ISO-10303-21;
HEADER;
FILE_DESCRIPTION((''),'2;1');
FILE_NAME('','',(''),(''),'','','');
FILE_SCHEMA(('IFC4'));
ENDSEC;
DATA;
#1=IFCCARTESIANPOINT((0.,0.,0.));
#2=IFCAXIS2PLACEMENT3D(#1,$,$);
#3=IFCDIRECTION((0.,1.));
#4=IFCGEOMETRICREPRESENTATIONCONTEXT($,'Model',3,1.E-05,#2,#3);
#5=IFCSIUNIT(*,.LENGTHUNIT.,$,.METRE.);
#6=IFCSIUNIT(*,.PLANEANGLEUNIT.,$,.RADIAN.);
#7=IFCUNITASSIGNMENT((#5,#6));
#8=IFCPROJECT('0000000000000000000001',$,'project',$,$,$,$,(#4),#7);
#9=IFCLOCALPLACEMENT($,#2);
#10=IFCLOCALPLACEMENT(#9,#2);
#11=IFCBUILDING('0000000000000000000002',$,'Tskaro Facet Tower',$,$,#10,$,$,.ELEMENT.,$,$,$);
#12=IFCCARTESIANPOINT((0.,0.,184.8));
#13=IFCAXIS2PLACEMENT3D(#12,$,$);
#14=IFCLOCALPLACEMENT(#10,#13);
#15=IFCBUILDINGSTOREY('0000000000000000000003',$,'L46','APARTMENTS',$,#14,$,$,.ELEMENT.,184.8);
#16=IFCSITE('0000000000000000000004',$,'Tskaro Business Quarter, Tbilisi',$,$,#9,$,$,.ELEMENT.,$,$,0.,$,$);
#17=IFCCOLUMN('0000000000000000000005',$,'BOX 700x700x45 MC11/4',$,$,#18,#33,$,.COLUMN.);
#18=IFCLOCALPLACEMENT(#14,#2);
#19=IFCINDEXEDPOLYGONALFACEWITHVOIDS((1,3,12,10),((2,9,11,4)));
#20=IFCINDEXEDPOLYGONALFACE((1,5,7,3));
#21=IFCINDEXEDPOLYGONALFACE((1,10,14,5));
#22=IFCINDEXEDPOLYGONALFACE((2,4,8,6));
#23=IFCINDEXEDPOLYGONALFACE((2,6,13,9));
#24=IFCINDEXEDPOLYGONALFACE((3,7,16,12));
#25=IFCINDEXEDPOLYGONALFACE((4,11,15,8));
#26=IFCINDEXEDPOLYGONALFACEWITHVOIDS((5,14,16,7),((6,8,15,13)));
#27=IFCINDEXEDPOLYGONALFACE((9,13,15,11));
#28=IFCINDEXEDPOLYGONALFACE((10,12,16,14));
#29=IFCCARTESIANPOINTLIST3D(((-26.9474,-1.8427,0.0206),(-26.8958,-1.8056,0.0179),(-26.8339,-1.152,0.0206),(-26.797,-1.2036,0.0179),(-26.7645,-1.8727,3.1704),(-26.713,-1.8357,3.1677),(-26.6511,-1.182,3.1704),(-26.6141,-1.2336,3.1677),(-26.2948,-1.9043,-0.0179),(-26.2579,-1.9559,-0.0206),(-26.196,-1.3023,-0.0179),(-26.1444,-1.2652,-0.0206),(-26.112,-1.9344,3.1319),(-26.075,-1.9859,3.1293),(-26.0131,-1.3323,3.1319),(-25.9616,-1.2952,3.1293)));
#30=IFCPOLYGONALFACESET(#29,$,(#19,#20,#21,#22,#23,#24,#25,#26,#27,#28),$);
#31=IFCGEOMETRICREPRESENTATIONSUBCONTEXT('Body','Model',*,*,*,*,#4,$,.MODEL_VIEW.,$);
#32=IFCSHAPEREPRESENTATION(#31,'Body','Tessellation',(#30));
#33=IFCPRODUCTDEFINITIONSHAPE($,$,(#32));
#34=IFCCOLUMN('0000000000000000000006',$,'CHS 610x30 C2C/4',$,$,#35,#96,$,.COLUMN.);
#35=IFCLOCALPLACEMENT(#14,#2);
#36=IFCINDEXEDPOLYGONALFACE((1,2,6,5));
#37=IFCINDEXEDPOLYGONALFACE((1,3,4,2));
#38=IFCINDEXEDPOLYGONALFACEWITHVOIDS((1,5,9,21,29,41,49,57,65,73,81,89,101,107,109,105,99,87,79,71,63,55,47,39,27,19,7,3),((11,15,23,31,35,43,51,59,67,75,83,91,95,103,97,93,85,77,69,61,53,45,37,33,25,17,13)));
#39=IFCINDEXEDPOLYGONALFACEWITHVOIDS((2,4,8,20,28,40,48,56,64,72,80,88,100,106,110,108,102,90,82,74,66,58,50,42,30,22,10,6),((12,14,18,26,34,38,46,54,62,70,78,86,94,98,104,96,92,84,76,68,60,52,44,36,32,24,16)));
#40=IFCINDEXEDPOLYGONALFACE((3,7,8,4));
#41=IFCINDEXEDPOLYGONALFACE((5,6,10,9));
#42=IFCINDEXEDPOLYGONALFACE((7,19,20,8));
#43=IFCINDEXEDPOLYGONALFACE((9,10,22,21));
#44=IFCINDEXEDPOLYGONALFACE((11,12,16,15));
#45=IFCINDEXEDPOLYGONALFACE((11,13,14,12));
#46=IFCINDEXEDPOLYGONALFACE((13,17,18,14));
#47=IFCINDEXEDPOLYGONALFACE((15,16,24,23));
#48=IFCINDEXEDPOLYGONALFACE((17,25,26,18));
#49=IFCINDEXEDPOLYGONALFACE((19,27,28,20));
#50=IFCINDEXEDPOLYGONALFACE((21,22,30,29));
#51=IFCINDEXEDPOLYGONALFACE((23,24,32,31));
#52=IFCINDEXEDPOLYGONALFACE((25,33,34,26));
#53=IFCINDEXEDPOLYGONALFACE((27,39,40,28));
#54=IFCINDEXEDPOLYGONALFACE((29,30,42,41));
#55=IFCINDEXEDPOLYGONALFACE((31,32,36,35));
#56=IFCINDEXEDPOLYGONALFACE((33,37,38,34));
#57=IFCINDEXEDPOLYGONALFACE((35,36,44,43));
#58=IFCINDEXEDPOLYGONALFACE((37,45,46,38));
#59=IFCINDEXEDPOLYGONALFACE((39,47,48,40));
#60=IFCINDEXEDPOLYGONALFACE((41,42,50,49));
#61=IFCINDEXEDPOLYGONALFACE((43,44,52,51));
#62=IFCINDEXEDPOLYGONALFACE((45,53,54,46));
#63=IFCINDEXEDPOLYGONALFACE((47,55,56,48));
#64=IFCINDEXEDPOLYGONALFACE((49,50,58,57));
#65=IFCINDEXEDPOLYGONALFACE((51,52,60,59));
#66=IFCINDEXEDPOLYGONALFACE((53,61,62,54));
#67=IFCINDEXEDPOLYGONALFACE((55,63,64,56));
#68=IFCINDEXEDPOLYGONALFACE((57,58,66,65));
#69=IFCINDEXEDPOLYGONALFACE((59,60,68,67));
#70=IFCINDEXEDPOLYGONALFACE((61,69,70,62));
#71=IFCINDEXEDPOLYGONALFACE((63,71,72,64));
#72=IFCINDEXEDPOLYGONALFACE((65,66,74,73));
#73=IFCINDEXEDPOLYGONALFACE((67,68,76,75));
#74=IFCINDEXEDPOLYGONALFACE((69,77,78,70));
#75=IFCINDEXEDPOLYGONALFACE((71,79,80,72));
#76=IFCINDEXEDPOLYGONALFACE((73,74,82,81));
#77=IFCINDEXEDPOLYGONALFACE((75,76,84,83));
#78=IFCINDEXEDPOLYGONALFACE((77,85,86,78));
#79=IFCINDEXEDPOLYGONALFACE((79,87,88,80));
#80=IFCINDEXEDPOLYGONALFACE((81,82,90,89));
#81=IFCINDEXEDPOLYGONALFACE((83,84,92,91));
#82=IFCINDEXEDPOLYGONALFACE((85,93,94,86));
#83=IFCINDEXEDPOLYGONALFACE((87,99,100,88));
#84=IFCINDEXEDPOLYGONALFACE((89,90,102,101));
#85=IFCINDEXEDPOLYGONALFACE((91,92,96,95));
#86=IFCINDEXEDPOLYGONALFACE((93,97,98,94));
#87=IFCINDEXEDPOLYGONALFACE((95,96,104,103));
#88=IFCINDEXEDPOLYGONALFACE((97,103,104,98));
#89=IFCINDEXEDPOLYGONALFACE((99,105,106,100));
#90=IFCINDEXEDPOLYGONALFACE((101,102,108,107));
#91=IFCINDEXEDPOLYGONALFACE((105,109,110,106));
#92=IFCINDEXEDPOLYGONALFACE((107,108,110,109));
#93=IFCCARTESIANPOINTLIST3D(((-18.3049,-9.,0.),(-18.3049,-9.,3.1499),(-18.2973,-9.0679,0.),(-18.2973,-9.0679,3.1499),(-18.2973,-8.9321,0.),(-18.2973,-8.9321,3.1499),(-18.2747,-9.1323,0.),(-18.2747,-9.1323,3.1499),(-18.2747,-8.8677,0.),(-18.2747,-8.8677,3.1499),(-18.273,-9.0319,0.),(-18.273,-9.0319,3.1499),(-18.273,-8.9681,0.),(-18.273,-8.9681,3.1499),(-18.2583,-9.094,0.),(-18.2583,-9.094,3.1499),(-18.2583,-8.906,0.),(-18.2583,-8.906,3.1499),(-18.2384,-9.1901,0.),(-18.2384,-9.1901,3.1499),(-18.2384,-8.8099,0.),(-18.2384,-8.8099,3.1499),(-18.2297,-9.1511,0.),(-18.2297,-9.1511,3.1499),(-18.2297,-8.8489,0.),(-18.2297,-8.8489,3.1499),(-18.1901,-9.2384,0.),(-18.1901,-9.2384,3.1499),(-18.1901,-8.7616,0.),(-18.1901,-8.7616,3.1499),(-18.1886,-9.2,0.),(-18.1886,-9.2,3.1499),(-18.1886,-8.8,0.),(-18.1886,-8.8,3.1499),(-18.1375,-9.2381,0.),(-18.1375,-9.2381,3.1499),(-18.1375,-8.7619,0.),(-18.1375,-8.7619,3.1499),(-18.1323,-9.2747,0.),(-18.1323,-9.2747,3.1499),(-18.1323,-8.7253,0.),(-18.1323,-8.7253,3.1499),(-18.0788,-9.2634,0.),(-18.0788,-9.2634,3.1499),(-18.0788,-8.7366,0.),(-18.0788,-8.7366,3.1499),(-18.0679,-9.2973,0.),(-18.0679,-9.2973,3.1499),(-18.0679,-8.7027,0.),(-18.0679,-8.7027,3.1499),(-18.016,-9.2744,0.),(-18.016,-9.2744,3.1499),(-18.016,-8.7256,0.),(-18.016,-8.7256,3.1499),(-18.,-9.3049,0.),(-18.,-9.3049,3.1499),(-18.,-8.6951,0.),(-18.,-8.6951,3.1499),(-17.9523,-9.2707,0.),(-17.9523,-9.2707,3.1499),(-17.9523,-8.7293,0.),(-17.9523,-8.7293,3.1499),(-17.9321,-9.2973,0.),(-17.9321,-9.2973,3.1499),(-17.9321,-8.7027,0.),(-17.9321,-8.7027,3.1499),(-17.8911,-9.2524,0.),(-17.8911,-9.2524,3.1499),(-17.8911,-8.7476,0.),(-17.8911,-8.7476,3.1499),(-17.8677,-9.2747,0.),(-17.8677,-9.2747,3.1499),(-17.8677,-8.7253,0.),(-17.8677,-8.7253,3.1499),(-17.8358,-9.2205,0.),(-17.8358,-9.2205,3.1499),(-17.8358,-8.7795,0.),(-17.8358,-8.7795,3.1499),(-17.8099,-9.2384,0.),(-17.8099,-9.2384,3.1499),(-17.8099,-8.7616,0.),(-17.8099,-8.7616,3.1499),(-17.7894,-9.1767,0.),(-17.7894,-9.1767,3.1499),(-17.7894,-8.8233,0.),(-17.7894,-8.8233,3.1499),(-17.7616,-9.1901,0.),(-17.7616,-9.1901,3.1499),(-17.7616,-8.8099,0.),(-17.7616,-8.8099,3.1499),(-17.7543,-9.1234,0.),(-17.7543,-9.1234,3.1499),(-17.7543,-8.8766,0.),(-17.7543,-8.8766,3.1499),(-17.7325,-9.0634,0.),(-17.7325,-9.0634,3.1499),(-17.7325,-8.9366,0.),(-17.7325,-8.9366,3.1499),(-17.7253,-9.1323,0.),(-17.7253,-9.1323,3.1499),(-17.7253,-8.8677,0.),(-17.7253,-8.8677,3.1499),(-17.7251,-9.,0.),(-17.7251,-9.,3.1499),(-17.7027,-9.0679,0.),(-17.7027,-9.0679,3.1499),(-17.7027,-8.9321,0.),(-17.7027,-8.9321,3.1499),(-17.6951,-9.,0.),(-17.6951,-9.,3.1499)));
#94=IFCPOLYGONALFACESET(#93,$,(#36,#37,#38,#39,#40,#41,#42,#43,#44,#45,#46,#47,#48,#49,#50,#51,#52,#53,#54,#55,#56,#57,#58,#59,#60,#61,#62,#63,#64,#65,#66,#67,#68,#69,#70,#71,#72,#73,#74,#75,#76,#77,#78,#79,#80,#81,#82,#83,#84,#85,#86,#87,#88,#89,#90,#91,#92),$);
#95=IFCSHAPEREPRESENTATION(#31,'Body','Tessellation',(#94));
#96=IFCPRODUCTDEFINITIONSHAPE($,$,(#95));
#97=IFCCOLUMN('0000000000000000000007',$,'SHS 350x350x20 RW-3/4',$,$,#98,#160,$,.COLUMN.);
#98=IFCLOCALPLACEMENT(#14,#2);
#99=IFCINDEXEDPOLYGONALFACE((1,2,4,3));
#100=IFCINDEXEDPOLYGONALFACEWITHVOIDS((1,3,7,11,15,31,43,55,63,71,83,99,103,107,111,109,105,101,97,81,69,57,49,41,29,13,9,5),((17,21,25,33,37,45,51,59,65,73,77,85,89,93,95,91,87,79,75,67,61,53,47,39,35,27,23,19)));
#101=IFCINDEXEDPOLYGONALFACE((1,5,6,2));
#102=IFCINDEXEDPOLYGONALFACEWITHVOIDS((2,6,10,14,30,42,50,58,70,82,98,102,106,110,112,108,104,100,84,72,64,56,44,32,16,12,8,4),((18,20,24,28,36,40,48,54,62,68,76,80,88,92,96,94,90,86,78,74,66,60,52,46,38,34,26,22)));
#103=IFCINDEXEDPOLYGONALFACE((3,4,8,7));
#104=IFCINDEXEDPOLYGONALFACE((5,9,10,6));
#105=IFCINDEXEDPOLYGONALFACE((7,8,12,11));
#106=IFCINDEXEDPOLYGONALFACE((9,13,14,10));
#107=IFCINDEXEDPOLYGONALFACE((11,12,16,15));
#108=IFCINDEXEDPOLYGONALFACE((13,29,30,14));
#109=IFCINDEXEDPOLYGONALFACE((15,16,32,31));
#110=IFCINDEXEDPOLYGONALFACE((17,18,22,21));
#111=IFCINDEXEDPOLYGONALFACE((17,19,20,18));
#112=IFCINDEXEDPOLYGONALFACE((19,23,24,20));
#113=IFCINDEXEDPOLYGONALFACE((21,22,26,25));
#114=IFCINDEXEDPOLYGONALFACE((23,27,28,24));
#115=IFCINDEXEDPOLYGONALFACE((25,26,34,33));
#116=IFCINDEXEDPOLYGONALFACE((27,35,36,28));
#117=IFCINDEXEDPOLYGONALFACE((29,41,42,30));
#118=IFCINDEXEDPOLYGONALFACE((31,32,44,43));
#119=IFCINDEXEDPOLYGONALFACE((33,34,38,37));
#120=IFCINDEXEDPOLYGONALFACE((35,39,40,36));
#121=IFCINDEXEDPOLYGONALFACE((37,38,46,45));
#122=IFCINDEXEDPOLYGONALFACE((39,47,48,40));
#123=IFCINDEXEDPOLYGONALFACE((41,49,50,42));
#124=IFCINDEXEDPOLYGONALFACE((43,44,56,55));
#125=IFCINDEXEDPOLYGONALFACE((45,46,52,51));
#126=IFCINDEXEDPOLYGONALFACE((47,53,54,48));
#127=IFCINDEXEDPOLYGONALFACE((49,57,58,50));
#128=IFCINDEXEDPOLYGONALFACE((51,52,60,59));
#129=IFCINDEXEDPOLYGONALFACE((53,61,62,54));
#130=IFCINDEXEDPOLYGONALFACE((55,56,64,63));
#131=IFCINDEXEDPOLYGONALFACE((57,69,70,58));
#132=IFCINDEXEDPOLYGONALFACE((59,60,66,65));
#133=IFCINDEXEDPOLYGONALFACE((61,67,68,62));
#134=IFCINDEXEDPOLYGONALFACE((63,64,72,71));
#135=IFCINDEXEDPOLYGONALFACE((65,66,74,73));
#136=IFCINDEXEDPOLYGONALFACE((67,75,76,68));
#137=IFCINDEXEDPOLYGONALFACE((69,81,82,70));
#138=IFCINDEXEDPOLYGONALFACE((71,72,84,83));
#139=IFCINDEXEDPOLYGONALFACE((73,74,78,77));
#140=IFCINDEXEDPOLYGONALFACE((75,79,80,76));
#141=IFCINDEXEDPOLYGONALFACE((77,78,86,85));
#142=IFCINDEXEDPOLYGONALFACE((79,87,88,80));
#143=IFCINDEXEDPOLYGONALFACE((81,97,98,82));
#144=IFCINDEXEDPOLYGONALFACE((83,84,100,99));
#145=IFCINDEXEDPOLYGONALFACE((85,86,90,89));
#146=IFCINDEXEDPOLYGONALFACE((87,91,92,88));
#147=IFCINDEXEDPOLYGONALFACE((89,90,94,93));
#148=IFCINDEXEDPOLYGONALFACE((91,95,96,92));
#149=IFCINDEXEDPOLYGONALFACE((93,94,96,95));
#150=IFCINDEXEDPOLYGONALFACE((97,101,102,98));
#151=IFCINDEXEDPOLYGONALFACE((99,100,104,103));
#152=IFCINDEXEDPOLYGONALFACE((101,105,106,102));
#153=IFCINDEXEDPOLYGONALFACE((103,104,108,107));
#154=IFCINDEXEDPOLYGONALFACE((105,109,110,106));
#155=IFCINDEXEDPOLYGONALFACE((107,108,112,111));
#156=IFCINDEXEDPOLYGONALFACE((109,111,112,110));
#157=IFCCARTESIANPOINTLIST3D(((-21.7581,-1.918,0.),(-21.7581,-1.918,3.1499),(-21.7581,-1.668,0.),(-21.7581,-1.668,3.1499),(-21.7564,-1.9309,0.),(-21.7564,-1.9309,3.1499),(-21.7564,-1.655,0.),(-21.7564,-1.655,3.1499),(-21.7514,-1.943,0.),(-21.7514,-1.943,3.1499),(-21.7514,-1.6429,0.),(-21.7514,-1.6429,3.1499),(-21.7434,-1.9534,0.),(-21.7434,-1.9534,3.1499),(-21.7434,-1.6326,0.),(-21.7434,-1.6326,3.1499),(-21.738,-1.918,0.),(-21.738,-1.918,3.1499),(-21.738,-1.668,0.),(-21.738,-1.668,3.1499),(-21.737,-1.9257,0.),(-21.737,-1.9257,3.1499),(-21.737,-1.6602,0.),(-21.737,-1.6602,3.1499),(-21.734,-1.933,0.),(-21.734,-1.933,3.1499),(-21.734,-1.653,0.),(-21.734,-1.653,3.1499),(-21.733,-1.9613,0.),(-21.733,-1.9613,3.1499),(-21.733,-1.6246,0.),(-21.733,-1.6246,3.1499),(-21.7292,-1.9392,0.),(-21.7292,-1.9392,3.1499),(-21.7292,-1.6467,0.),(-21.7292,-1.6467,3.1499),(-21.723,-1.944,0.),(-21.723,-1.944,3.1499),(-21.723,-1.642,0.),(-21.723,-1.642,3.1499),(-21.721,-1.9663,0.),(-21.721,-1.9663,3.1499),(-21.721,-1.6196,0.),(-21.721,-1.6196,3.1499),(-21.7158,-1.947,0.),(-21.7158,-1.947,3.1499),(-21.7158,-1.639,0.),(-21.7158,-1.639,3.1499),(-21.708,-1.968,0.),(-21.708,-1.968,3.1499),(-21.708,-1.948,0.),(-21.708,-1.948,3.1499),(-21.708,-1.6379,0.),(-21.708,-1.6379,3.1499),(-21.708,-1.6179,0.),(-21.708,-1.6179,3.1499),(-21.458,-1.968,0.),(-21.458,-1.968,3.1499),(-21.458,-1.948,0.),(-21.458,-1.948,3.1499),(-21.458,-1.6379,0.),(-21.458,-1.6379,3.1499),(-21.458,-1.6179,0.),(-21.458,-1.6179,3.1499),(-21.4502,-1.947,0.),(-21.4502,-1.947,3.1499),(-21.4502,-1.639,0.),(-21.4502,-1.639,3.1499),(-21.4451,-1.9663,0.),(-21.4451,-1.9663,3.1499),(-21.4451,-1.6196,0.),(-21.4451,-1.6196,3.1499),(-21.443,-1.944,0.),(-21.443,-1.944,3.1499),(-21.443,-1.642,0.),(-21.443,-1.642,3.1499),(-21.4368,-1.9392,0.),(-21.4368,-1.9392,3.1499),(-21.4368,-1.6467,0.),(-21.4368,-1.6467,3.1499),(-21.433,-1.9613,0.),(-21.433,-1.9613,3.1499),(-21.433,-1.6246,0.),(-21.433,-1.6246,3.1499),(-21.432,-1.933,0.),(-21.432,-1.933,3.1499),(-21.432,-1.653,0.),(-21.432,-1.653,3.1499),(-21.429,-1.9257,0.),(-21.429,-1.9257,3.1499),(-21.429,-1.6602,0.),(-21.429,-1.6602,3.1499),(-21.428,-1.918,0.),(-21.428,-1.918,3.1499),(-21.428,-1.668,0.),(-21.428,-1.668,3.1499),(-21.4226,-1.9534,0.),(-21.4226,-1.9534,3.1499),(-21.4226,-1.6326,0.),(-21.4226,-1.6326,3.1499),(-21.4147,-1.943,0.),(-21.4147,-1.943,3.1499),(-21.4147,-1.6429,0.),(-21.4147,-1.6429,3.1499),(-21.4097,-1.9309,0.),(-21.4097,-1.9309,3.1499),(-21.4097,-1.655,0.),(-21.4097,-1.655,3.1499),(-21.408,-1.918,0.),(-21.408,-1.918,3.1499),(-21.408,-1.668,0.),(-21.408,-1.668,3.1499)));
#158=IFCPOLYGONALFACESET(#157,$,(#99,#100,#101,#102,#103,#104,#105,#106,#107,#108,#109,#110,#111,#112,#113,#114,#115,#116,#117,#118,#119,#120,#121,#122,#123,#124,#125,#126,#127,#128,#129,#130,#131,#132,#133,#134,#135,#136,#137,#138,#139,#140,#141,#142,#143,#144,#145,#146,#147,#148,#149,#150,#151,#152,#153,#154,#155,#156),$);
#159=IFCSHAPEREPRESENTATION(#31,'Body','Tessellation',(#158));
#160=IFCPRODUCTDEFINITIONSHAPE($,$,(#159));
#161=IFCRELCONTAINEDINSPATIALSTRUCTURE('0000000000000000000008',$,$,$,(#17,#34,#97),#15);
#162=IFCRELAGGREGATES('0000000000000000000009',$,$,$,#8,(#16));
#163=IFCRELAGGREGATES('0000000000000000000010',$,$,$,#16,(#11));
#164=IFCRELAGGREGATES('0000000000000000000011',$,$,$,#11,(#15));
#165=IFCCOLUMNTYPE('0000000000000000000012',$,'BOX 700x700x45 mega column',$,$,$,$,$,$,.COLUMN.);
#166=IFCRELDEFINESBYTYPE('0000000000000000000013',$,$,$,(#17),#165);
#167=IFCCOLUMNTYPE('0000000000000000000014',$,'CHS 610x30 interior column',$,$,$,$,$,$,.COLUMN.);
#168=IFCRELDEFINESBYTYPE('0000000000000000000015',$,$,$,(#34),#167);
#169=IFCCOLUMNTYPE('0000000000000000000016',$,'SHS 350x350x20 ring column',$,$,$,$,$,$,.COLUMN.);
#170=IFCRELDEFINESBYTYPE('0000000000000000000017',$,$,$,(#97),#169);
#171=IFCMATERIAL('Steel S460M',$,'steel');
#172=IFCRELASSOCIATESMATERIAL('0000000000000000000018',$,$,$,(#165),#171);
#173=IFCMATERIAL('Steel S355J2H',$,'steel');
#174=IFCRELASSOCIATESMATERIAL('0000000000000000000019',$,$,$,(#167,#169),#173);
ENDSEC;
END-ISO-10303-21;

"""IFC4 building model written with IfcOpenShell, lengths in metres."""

from ifc_helpers import new_model, si_unit, direction, frame, origin, origin_2d, place, context, subcontext, project, spatial, hollow_rectangle, hollow_circle, extrude, material, material_profile, profile_set, type_object, element, save


model = new_model("IFC4")

# Units and contexts
model_context = context("Model", 3, precision=1e-05, world=origin(), true_north=direction((0.0, 1.0)))
body_context = subcontext(model_context, "Body", "Model", "MODEL_VIEW")
ifc_project = project(units=[si_unit("LENGTHUNIT", "METRE"), si_unit("PLANEANGLEUNIT", "RADIAN")], contexts=[model_context])

# Site, building, storey
site_placement = place(None, origin())
site = spatial("IfcSite", under=ifc_project, at=site_placement, Name="Tskaro Business Quarter, Tbilisi", CompositionType="ELEMENT", RefElevation=0.0)
building_placement = place(site_placement, origin())
building = spatial("IfcBuilding", under=site, at=building_placement, Name="Tskaro Facet Tower", CompositionType="ELEMENT")
storey_placement = place(building_placement, frame((0.0, 0.0, 184.8)))
storey = spatial("IfcBuildingStorey", under=building, at=storey_placement, Name="L46", Description="APARTMENTS", CompositionType="ELEMENT", Elevation=184.8)

# Columns
ifc_material_1 = material(Name="Steel S460M", Category="steel")
ifc_material_profile_1 = material_profile(ifc_material_1, hollow_rectangle(XDim=0.7, YDim=0.7, WallThickness=0.0449, at=origin_2d()), Name="BOX 700x700x45")
ifc_profile_set_1 = profile_set([ifc_material_profile_1], Name="Steel S460M")
column_type_1 = type_object("IfcColumnType", Name="BOX 700x700x45 mega column", PredefinedType="COLUMN", material=ifc_profile_set_1)
column_1_placement = place(storey_placement, frame((-26.5459, -1.554, 0.0), z_axis=(0.057953, -0.009517, 0.998274), x_axis=(0.162048, 0.986783, 0.0)))
element("IfcColumn", 1, at=column_1_placement, inside=storey, type_object=column_type_1, Name="BOX 700x700x45 MC11/4", PredefinedType="COLUMN", context=body_context, shape_type="SweptSolid", body=[
    extrude(hollow_rectangle(XDim=0.7, YDim=0.7, WallThickness=0.0449, at=origin_2d()), origin(), (0.0, 0.0, 1.0), 3.1553),
])
ifc_material_2 = material(Name="Steel S355J2H", Category="steel")
ifc_material_profile_2 = material_profile(ifc_material_2, hollow_circle(Radius=0.3049, WallThickness=0.03, at=origin_2d()), Name="CHS 610x30")
ifc_profile_set_2 = profile_set([ifc_material_profile_2], Name="Steel S355J2H")
column_type_2 = type_object("IfcColumnType", Name="CHS 610x30 interior column", PredefinedType="COLUMN", material=ifc_profile_set_2)
column_2_placement = place(storey_placement, frame((-18.0, -9.0, 0.0), z_axis=(0.0, 0.0, 1.0), x_axis=(1.0, 0.0, 0.0)))
element("IfcColumn", 2, at=column_2_placement, inside=storey, type_object=column_type_2, Name="CHS 610x30 C2C/4", PredefinedType="COLUMN", context=body_context, shape_type="SweptSolid", body=[
    extrude(hollow_circle(Radius=0.3049, WallThickness=0.03, at=origin_2d()), origin(), (0.0, 0.0, 1.0), 3.1499),
])
ifc_material_profile_3 = material_profile(ifc_material_2, hollow_rectangle(XDim=0.3501, YDim=0.3501, WallThickness=0.02, InnerFilletRadius=0.03, OuterFilletRadius=0.05, at=origin_2d()), Name="SHS 350x350x20")
ifc_profile_set_3 = profile_set([ifc_material_profile_3], Name="Steel S355J2H")
column_type_3 = type_object("IfcColumnType", Name="SHS 350x350x20 ring column", PredefinedType="COLUMN", material=ifc_profile_set_3)
for number, where, z_axis, x_axis, name in (
    (3, (-21.583, -1.793, 0.0), (0.0, 0.0, 1.0), (1.0, 0.0, 0.0), "SHS 350x350x20 RW-3/4"),
):
    element("IfcColumn", number, at=place(storey_placement, frame(where, z_axis=z_axis, x_axis=x_axis)), inside=storey, type_object=column_type_3, Name=name, PredefinedType="COLUMN", context=body_context, shape_type="SweptSolid", body=[
        extrude(hollow_rectangle(XDim=0.3501, YDim=0.3501, WallThickness=0.02, InnerFilletRadius=0.03, OuterFilletRadius=0.05, at=origin_2d()), origin(), (0.0, 0.0, 1.0), 3.1499),
    ])

save(model, "model.ifc")
